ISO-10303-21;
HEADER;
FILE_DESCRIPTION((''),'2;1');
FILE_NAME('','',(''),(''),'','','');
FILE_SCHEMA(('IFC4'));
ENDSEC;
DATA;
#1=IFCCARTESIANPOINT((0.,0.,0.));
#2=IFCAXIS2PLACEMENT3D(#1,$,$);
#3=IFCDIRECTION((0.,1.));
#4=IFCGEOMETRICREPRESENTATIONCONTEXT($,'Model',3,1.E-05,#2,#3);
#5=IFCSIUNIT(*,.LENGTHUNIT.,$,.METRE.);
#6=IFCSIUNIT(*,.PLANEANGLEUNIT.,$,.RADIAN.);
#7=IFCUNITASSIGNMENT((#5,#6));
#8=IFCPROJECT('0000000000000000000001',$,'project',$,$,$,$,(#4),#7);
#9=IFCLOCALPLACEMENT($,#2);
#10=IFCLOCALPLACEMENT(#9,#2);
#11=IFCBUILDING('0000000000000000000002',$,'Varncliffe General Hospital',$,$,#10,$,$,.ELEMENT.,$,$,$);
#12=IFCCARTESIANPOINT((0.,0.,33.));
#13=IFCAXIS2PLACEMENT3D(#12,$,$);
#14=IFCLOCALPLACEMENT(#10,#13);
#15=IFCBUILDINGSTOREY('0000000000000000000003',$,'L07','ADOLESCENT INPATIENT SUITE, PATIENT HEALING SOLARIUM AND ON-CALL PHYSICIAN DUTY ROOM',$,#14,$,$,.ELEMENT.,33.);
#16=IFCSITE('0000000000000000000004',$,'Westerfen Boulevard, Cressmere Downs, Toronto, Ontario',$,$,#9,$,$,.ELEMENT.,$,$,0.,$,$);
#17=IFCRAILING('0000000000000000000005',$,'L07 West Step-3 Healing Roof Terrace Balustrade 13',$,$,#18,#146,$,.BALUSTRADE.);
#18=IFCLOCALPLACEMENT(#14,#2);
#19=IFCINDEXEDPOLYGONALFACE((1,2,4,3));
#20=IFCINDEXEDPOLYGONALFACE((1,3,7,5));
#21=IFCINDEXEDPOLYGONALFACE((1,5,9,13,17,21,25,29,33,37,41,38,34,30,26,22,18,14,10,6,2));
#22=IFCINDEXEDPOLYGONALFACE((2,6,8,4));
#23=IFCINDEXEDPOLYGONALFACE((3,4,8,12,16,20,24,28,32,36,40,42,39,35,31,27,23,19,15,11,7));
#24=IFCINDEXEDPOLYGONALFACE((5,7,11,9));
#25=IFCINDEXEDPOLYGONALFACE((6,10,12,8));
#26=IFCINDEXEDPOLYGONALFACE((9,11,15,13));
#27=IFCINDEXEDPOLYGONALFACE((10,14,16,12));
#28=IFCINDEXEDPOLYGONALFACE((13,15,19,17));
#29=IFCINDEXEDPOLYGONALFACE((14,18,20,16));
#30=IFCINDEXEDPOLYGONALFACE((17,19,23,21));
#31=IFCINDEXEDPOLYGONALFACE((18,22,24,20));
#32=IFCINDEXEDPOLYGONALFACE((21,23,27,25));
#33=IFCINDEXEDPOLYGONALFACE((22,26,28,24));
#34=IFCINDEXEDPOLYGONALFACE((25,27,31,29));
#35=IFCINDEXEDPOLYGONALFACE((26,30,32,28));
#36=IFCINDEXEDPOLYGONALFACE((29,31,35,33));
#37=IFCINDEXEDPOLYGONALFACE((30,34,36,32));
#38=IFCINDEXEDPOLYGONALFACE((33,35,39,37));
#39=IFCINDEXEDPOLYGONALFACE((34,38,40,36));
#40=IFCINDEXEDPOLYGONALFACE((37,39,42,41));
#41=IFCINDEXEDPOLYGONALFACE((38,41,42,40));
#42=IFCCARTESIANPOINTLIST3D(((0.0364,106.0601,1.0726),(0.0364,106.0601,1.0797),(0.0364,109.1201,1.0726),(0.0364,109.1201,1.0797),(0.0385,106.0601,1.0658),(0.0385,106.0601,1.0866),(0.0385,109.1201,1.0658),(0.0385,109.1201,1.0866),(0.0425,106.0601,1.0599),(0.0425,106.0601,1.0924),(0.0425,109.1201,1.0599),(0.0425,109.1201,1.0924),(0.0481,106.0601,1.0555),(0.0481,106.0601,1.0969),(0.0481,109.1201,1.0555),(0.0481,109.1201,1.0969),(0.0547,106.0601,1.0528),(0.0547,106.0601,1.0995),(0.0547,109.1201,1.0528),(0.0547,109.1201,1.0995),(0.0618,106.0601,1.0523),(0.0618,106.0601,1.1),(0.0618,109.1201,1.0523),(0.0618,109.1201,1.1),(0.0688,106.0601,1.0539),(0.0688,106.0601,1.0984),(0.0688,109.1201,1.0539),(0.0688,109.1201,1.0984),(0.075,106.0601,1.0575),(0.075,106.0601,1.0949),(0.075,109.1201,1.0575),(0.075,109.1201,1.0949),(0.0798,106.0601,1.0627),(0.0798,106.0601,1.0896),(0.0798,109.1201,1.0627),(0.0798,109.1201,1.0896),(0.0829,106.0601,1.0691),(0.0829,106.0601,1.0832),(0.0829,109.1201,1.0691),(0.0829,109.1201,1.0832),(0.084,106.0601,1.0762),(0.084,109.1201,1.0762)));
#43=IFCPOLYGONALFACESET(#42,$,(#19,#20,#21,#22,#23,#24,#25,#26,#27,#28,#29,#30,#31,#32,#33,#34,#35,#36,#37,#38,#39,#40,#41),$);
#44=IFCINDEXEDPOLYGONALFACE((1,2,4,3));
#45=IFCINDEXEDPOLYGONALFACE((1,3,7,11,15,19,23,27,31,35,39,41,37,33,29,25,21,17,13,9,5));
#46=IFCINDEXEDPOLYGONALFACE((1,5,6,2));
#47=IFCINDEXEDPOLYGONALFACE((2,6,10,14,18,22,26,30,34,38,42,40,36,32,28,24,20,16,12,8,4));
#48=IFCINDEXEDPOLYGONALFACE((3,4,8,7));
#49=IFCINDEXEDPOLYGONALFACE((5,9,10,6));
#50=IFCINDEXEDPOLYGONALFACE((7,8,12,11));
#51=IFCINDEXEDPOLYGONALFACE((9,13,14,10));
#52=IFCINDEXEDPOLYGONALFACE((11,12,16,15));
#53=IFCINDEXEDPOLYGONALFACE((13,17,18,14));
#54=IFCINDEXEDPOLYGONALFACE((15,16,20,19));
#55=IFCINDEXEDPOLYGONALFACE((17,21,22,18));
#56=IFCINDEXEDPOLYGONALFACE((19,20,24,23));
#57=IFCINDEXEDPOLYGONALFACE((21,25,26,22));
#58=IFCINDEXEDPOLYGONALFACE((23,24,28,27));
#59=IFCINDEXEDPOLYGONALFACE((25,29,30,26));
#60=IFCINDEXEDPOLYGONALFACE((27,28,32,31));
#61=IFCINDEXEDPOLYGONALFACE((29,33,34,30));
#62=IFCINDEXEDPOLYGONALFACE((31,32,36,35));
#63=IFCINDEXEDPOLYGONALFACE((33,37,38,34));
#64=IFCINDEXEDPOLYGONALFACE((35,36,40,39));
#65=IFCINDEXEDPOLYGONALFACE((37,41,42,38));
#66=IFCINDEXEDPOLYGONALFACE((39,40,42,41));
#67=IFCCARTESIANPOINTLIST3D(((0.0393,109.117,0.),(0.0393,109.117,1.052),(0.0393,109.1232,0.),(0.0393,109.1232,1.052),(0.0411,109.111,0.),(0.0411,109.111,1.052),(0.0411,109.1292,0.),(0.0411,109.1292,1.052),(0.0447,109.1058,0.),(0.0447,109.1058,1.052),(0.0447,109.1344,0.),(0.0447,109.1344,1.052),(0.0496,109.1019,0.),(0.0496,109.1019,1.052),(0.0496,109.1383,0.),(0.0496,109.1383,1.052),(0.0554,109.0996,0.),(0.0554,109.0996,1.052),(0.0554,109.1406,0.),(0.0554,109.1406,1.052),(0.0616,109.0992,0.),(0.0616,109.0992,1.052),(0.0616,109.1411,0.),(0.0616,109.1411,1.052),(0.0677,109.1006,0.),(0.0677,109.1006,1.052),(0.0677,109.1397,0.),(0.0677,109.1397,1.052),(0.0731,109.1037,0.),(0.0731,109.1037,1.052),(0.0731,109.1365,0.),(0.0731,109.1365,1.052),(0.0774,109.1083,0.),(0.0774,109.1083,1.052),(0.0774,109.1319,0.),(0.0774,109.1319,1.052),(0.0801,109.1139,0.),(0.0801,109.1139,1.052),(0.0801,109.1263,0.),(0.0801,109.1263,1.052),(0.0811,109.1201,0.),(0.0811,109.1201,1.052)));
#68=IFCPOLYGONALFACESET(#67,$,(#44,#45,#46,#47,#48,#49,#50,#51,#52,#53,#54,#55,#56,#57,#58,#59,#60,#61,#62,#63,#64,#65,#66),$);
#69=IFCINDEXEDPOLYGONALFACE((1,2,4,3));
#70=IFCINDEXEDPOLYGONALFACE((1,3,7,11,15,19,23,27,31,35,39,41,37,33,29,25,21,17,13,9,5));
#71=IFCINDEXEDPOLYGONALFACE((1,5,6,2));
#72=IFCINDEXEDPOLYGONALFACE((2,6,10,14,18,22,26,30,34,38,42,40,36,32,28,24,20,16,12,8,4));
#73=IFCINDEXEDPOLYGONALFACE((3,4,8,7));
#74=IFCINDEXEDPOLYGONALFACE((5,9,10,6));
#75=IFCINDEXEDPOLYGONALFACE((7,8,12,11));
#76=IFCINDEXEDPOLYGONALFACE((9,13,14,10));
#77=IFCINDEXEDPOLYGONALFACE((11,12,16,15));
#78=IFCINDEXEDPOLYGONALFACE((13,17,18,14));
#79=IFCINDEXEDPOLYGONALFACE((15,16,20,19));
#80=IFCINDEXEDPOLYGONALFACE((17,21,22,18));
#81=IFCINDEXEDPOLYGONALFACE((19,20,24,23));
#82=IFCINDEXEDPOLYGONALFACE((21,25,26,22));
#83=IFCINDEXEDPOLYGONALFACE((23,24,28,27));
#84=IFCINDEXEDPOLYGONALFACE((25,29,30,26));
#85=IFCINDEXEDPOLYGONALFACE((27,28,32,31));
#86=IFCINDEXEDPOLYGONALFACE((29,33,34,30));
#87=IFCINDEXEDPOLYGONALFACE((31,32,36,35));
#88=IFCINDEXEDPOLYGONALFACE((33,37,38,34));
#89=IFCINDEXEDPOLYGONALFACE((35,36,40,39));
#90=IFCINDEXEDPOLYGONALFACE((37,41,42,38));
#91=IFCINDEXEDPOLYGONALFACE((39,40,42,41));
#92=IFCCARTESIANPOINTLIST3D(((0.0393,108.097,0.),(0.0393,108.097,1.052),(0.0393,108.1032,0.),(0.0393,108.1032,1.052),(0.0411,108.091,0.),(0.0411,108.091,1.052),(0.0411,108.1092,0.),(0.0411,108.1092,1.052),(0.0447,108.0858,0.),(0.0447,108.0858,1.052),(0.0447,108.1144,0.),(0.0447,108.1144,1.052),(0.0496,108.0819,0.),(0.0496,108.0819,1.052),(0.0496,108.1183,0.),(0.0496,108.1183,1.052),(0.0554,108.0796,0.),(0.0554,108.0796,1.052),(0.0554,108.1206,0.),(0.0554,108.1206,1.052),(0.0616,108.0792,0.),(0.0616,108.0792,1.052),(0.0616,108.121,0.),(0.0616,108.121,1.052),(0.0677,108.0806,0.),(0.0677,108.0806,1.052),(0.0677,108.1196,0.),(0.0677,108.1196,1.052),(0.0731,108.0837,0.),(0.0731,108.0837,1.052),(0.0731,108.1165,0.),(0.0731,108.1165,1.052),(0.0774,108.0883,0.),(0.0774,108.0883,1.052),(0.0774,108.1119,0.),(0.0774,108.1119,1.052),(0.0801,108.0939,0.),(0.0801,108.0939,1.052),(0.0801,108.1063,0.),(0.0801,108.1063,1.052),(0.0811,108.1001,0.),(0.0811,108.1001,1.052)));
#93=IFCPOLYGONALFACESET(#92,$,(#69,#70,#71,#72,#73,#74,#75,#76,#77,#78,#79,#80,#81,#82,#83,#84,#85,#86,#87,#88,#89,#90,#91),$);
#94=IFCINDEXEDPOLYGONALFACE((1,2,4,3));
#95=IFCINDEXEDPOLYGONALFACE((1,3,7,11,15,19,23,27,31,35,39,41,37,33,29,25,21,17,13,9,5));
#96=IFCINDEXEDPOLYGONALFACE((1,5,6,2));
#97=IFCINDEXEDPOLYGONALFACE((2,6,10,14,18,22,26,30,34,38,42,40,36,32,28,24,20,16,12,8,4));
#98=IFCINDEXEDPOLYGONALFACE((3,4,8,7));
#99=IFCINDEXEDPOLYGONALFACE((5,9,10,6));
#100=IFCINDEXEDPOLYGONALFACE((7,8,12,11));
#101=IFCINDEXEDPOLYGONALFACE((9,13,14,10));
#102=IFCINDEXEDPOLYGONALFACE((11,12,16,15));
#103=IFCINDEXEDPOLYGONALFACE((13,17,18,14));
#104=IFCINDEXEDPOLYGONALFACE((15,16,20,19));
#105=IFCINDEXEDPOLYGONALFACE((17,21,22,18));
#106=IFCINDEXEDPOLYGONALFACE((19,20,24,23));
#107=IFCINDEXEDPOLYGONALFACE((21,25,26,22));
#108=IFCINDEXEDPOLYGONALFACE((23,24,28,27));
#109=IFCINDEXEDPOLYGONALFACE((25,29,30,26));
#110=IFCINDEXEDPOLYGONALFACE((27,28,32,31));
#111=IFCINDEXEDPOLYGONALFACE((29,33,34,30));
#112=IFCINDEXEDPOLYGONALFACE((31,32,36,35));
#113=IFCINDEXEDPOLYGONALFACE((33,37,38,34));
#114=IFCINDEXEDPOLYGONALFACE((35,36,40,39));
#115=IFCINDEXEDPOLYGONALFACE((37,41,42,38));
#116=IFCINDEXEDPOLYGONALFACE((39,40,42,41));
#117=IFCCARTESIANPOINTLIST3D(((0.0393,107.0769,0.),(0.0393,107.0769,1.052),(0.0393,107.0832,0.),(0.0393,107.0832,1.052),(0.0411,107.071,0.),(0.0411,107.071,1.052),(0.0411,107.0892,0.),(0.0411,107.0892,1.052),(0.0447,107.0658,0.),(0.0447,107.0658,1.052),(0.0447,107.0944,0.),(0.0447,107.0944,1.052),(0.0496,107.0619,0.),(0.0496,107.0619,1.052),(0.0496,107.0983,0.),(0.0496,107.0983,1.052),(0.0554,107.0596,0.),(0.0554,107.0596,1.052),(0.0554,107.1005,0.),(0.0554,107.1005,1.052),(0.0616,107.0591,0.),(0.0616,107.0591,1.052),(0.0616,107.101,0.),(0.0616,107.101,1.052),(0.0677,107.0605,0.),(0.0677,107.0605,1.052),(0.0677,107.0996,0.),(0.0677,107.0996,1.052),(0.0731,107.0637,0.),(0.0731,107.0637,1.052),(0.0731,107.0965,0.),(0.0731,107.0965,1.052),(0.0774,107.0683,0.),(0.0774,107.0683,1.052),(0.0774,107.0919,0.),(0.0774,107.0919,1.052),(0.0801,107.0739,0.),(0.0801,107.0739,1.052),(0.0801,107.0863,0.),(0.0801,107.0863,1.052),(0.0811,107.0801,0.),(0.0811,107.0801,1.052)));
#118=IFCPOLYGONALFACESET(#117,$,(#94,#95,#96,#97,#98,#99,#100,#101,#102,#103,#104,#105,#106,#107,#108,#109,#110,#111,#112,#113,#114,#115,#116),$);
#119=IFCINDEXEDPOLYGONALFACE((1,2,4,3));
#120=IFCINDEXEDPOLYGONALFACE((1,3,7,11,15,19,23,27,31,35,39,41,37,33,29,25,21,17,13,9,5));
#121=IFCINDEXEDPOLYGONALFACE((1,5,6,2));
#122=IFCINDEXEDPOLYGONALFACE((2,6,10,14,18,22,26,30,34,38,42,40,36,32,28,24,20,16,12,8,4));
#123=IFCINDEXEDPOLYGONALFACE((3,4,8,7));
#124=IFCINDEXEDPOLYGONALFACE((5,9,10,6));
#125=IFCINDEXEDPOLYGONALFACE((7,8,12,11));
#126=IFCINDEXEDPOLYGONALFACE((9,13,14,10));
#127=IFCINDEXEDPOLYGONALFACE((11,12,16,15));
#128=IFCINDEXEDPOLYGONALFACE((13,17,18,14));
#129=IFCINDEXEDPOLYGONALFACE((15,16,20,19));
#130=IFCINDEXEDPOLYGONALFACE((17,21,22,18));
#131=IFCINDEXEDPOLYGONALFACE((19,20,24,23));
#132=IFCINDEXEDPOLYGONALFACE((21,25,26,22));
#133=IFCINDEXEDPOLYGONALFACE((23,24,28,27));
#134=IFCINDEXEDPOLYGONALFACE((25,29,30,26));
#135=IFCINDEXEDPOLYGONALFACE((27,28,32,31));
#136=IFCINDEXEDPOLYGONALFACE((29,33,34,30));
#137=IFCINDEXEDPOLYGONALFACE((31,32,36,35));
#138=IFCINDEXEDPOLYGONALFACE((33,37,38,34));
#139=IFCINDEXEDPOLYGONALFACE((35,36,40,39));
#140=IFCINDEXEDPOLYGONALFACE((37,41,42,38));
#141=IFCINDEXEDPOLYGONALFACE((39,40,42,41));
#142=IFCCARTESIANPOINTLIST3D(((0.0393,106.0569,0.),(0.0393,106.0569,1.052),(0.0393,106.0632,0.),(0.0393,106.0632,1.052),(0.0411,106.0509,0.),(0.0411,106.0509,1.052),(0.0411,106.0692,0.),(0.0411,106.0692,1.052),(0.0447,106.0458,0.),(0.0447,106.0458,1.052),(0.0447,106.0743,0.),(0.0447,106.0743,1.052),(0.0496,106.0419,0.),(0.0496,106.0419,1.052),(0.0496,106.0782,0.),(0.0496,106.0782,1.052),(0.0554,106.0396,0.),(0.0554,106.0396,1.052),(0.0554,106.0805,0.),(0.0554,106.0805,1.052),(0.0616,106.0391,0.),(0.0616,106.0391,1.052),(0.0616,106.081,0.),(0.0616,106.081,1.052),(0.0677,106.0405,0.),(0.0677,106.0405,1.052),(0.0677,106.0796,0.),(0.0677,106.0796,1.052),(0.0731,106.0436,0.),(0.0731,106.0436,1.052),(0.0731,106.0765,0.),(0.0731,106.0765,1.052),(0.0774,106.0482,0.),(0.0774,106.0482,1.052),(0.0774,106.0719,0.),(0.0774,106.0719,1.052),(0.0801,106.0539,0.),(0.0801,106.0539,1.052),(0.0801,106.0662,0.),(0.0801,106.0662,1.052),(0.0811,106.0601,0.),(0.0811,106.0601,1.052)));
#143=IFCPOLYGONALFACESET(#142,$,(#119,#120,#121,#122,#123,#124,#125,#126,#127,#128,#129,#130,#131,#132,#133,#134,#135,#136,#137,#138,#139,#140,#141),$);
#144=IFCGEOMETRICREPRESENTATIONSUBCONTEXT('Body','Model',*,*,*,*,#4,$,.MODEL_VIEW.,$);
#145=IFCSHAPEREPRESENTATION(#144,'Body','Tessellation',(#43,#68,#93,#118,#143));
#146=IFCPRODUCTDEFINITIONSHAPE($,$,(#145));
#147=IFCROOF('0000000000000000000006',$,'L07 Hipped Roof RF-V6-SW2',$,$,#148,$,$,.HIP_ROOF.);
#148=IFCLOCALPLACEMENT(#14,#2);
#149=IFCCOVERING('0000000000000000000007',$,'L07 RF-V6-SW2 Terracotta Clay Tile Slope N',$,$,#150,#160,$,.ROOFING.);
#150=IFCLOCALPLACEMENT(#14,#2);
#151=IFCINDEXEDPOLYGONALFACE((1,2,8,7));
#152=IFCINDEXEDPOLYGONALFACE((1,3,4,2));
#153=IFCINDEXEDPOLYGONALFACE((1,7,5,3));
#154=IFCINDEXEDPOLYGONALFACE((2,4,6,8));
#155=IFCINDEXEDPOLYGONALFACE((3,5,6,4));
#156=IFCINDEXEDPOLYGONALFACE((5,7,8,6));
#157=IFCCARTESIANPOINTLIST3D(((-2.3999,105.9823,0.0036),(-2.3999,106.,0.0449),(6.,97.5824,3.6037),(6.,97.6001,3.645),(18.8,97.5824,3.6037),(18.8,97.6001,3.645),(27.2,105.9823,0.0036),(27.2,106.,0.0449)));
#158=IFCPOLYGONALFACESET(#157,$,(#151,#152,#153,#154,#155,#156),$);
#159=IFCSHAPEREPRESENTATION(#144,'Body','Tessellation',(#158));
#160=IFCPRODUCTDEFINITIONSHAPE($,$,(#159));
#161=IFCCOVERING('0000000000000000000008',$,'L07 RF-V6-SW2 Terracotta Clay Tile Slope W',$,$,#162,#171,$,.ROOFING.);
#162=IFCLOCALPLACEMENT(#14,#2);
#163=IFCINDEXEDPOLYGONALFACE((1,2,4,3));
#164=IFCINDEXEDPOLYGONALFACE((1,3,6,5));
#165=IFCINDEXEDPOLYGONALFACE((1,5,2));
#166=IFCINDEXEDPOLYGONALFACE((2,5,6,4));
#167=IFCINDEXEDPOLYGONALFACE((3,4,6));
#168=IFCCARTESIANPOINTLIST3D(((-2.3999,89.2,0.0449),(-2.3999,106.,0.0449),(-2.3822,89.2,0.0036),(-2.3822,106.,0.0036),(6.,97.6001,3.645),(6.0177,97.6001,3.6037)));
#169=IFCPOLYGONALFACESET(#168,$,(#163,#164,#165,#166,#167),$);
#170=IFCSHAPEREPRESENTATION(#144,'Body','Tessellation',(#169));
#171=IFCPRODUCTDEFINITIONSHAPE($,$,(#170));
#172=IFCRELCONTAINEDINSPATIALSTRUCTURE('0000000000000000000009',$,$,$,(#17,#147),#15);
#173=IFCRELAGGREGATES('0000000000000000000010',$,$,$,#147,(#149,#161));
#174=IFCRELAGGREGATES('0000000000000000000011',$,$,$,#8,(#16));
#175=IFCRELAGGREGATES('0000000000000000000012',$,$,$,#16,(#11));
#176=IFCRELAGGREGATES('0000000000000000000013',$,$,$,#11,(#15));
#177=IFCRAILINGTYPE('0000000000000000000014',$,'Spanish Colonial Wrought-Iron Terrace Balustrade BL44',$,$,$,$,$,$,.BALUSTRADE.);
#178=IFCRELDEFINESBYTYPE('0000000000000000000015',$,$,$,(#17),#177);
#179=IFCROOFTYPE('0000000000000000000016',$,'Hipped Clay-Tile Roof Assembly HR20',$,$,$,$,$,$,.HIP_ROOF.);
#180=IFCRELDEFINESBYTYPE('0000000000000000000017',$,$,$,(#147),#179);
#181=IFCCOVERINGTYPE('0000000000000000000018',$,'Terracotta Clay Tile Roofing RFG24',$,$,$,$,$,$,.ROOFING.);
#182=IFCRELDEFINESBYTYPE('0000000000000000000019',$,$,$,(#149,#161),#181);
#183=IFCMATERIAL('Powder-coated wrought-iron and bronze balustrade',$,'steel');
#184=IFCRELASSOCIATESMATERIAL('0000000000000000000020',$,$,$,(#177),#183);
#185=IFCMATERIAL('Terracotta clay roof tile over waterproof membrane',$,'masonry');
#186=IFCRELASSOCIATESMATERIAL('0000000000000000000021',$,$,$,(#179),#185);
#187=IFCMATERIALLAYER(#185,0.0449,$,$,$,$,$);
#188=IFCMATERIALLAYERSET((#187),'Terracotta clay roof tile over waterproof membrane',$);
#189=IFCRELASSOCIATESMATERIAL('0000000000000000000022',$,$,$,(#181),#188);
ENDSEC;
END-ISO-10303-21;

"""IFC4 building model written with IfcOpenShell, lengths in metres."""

from ifc_helpers import new_model, si_unit, direction, frame, origin, origin_2d, place, context, subcontext, project, spatial, polyline, circle, outline, extrude, material, layer, layer_set, type_object, element, aggregate, save


model = new_model("IFC4")

# Units and contexts
model_context = context("Model", 3, precision=1e-05, world=origin(), true_north=direction((0.0, 1.0)))
body_context = subcontext(model_context, "Body", "Model", "MODEL_VIEW")
ifc_project = project(units=[si_unit("LENGTHUNIT", "METRE"), si_unit("PLANEANGLEUNIT", "RADIAN")], contexts=[model_context])

# Site, building, storey
site_placement = place(None, origin())
site = spatial("IfcSite", under=ifc_project, at=site_placement, Name="Westerfen Boulevard, Cressmere Downs, Toronto, Ontario", CompositionType="ELEMENT", RefElevation=0.0)
building_placement = place(site_placement, origin())
building = spatial("IfcBuilding", under=site, at=building_placement, Name="Varncliffe General Hospital", CompositionType="ELEMENT")
storey_placement = place(building_placement, frame((0.0, 0.0, 33.0)))
storey = spatial("IfcBuildingStorey", under=building, at=storey_placement, Name="L07", Description="ADOLESCENT INPATIENT SUITE, PATIENT HEALING SOLARIUM AND ON-CALL PHYSICIAN DUTY ROOM", CompositionType="ELEMENT", Elevation=33.0)

# Railing
ifc_material_1 = material(Name="Powder-coated wrought-iron and bronze balustrade", Category="steel")
railing_type = type_object("IfcRailingType", Name="Spanish Colonial Wrought-Iron Terrace Balustrade BL44", PredefinedType="BALUSTRADE", material=ifc_material_1)
railing_1_placement = place(storey_placement, frame((0.0601, 109.1201, 0.0)))
element("IfcRailing", 1, at=railing_1_placement, inside=storey, type_object=railing_type, Name="L07 West Step-3 Healing Roof Terrace Balustrade 13", PredefinedType="BALUSTRADE", context=body_context, shape_type="SweptSolid", body=[
    extrude(circle(Radius=0.0239, at=origin_2d()), frame((0.0, 0.0, 1.0762), z_axis=(0.0, -1.0, 0.0), x_axis=(1.0, 0.0, 0.0)), (0.0, 0.0, 1.0), 3.0601),
    extrude(circle(Radius=0.021, at=origin_2d()), origin(), (0.0, 0.0, 1.0), 1.052),
    extrude(circle(Radius=0.021, at=origin_2d()), frame((0.0, -1.02, 0.0)), (0.0, 0.0, 1.0), 1.052),
    extrude(circle(Radius=0.021, at=origin_2d()), frame((0.0, -2.04, 0.0)), (0.0, 0.0, 1.0), 1.052),
    extrude(circle(Radius=0.021, at=origin_2d()), frame((0.0, -3.0601, 0.0)), (0.0, 0.0, 1.0), 1.052),
])

# Roof, coverings
ifc_material_2 = material(Name="Terracotta clay roof tile over waterproof membrane", Category="masonry")
roof_type = type_object("IfcRoofType", Name="Hipped Clay-Tile Roof Assembly HR20", PredefinedType="HIP_ROOF", material=ifc_material_2)
roof_placement = place(storey_placement, origin())
roof = element("IfcRoof", 2, at=roof_placement, inside=storey, type_object=roof_type, Name="L07 Hipped Roof RF-V6-SW2", PredefinedType="HIP_ROOF")
ifc_layer_1 = layer(ifc_material_2, 0.0449)
ifc_layer_set_1 = layer_set([ifc_layer_1], Name="Terracotta clay roof tile over waterproof membrane")
covering_type = type_object("IfcCoveringType", Name="Terracotta Clay Tile Roofing RFG24", PredefinedType="ROOFING", material=ifc_layer_set_1)
covering_1_placement = place(storey_placement, frame((27.2, 106.0, 0.0449), z_axis=(0.0, 0.393932, 0.91914), x_axis=(-1.0, 0.0, 0.0)))
covering_1 = element("IfcCovering", 3, at=covering_1_placement, type_object=covering_type, Name="L07 RF-V6-SW2 Terracotta Clay Tile Slope N", PredefinedType="ROOFING", context=body_context, shape_type="SweptSolid", body=[
    extrude(outline(polyline([(0.0, 0.0), (29.5999, 0.0), (21.2, 9.1389), (8.3999, 9.1389), (0.0, 0.0)])), origin(), (0.0, 0.0, -1.0), 0.0449),
])
covering_2_placement = place(storey_placement, frame((-2.3999, 106.0, 0.0449), z_axis=(-0.393932, 0.0, 0.91914), x_axis=(0.0, -1.0, 0.0)))
covering_2 = element("IfcCovering", 4, at=covering_2_placement, type_object=covering_type, Name="L07 RF-V6-SW2 Terracotta Clay Tile Slope W", PredefinedType="ROOFING", context=body_context, shape_type="SweptSolid", body=[
    extrude(outline(polyline([(0.0, 0.0), (16.8, 0.0), (8.3999, 9.1389), (0.0, 0.0)])), origin(), (0.0, 0.0, -1.0), 0.0449),
])
aggregate(roof, [covering_1, covering_2])

save(model, "model.ifc")
